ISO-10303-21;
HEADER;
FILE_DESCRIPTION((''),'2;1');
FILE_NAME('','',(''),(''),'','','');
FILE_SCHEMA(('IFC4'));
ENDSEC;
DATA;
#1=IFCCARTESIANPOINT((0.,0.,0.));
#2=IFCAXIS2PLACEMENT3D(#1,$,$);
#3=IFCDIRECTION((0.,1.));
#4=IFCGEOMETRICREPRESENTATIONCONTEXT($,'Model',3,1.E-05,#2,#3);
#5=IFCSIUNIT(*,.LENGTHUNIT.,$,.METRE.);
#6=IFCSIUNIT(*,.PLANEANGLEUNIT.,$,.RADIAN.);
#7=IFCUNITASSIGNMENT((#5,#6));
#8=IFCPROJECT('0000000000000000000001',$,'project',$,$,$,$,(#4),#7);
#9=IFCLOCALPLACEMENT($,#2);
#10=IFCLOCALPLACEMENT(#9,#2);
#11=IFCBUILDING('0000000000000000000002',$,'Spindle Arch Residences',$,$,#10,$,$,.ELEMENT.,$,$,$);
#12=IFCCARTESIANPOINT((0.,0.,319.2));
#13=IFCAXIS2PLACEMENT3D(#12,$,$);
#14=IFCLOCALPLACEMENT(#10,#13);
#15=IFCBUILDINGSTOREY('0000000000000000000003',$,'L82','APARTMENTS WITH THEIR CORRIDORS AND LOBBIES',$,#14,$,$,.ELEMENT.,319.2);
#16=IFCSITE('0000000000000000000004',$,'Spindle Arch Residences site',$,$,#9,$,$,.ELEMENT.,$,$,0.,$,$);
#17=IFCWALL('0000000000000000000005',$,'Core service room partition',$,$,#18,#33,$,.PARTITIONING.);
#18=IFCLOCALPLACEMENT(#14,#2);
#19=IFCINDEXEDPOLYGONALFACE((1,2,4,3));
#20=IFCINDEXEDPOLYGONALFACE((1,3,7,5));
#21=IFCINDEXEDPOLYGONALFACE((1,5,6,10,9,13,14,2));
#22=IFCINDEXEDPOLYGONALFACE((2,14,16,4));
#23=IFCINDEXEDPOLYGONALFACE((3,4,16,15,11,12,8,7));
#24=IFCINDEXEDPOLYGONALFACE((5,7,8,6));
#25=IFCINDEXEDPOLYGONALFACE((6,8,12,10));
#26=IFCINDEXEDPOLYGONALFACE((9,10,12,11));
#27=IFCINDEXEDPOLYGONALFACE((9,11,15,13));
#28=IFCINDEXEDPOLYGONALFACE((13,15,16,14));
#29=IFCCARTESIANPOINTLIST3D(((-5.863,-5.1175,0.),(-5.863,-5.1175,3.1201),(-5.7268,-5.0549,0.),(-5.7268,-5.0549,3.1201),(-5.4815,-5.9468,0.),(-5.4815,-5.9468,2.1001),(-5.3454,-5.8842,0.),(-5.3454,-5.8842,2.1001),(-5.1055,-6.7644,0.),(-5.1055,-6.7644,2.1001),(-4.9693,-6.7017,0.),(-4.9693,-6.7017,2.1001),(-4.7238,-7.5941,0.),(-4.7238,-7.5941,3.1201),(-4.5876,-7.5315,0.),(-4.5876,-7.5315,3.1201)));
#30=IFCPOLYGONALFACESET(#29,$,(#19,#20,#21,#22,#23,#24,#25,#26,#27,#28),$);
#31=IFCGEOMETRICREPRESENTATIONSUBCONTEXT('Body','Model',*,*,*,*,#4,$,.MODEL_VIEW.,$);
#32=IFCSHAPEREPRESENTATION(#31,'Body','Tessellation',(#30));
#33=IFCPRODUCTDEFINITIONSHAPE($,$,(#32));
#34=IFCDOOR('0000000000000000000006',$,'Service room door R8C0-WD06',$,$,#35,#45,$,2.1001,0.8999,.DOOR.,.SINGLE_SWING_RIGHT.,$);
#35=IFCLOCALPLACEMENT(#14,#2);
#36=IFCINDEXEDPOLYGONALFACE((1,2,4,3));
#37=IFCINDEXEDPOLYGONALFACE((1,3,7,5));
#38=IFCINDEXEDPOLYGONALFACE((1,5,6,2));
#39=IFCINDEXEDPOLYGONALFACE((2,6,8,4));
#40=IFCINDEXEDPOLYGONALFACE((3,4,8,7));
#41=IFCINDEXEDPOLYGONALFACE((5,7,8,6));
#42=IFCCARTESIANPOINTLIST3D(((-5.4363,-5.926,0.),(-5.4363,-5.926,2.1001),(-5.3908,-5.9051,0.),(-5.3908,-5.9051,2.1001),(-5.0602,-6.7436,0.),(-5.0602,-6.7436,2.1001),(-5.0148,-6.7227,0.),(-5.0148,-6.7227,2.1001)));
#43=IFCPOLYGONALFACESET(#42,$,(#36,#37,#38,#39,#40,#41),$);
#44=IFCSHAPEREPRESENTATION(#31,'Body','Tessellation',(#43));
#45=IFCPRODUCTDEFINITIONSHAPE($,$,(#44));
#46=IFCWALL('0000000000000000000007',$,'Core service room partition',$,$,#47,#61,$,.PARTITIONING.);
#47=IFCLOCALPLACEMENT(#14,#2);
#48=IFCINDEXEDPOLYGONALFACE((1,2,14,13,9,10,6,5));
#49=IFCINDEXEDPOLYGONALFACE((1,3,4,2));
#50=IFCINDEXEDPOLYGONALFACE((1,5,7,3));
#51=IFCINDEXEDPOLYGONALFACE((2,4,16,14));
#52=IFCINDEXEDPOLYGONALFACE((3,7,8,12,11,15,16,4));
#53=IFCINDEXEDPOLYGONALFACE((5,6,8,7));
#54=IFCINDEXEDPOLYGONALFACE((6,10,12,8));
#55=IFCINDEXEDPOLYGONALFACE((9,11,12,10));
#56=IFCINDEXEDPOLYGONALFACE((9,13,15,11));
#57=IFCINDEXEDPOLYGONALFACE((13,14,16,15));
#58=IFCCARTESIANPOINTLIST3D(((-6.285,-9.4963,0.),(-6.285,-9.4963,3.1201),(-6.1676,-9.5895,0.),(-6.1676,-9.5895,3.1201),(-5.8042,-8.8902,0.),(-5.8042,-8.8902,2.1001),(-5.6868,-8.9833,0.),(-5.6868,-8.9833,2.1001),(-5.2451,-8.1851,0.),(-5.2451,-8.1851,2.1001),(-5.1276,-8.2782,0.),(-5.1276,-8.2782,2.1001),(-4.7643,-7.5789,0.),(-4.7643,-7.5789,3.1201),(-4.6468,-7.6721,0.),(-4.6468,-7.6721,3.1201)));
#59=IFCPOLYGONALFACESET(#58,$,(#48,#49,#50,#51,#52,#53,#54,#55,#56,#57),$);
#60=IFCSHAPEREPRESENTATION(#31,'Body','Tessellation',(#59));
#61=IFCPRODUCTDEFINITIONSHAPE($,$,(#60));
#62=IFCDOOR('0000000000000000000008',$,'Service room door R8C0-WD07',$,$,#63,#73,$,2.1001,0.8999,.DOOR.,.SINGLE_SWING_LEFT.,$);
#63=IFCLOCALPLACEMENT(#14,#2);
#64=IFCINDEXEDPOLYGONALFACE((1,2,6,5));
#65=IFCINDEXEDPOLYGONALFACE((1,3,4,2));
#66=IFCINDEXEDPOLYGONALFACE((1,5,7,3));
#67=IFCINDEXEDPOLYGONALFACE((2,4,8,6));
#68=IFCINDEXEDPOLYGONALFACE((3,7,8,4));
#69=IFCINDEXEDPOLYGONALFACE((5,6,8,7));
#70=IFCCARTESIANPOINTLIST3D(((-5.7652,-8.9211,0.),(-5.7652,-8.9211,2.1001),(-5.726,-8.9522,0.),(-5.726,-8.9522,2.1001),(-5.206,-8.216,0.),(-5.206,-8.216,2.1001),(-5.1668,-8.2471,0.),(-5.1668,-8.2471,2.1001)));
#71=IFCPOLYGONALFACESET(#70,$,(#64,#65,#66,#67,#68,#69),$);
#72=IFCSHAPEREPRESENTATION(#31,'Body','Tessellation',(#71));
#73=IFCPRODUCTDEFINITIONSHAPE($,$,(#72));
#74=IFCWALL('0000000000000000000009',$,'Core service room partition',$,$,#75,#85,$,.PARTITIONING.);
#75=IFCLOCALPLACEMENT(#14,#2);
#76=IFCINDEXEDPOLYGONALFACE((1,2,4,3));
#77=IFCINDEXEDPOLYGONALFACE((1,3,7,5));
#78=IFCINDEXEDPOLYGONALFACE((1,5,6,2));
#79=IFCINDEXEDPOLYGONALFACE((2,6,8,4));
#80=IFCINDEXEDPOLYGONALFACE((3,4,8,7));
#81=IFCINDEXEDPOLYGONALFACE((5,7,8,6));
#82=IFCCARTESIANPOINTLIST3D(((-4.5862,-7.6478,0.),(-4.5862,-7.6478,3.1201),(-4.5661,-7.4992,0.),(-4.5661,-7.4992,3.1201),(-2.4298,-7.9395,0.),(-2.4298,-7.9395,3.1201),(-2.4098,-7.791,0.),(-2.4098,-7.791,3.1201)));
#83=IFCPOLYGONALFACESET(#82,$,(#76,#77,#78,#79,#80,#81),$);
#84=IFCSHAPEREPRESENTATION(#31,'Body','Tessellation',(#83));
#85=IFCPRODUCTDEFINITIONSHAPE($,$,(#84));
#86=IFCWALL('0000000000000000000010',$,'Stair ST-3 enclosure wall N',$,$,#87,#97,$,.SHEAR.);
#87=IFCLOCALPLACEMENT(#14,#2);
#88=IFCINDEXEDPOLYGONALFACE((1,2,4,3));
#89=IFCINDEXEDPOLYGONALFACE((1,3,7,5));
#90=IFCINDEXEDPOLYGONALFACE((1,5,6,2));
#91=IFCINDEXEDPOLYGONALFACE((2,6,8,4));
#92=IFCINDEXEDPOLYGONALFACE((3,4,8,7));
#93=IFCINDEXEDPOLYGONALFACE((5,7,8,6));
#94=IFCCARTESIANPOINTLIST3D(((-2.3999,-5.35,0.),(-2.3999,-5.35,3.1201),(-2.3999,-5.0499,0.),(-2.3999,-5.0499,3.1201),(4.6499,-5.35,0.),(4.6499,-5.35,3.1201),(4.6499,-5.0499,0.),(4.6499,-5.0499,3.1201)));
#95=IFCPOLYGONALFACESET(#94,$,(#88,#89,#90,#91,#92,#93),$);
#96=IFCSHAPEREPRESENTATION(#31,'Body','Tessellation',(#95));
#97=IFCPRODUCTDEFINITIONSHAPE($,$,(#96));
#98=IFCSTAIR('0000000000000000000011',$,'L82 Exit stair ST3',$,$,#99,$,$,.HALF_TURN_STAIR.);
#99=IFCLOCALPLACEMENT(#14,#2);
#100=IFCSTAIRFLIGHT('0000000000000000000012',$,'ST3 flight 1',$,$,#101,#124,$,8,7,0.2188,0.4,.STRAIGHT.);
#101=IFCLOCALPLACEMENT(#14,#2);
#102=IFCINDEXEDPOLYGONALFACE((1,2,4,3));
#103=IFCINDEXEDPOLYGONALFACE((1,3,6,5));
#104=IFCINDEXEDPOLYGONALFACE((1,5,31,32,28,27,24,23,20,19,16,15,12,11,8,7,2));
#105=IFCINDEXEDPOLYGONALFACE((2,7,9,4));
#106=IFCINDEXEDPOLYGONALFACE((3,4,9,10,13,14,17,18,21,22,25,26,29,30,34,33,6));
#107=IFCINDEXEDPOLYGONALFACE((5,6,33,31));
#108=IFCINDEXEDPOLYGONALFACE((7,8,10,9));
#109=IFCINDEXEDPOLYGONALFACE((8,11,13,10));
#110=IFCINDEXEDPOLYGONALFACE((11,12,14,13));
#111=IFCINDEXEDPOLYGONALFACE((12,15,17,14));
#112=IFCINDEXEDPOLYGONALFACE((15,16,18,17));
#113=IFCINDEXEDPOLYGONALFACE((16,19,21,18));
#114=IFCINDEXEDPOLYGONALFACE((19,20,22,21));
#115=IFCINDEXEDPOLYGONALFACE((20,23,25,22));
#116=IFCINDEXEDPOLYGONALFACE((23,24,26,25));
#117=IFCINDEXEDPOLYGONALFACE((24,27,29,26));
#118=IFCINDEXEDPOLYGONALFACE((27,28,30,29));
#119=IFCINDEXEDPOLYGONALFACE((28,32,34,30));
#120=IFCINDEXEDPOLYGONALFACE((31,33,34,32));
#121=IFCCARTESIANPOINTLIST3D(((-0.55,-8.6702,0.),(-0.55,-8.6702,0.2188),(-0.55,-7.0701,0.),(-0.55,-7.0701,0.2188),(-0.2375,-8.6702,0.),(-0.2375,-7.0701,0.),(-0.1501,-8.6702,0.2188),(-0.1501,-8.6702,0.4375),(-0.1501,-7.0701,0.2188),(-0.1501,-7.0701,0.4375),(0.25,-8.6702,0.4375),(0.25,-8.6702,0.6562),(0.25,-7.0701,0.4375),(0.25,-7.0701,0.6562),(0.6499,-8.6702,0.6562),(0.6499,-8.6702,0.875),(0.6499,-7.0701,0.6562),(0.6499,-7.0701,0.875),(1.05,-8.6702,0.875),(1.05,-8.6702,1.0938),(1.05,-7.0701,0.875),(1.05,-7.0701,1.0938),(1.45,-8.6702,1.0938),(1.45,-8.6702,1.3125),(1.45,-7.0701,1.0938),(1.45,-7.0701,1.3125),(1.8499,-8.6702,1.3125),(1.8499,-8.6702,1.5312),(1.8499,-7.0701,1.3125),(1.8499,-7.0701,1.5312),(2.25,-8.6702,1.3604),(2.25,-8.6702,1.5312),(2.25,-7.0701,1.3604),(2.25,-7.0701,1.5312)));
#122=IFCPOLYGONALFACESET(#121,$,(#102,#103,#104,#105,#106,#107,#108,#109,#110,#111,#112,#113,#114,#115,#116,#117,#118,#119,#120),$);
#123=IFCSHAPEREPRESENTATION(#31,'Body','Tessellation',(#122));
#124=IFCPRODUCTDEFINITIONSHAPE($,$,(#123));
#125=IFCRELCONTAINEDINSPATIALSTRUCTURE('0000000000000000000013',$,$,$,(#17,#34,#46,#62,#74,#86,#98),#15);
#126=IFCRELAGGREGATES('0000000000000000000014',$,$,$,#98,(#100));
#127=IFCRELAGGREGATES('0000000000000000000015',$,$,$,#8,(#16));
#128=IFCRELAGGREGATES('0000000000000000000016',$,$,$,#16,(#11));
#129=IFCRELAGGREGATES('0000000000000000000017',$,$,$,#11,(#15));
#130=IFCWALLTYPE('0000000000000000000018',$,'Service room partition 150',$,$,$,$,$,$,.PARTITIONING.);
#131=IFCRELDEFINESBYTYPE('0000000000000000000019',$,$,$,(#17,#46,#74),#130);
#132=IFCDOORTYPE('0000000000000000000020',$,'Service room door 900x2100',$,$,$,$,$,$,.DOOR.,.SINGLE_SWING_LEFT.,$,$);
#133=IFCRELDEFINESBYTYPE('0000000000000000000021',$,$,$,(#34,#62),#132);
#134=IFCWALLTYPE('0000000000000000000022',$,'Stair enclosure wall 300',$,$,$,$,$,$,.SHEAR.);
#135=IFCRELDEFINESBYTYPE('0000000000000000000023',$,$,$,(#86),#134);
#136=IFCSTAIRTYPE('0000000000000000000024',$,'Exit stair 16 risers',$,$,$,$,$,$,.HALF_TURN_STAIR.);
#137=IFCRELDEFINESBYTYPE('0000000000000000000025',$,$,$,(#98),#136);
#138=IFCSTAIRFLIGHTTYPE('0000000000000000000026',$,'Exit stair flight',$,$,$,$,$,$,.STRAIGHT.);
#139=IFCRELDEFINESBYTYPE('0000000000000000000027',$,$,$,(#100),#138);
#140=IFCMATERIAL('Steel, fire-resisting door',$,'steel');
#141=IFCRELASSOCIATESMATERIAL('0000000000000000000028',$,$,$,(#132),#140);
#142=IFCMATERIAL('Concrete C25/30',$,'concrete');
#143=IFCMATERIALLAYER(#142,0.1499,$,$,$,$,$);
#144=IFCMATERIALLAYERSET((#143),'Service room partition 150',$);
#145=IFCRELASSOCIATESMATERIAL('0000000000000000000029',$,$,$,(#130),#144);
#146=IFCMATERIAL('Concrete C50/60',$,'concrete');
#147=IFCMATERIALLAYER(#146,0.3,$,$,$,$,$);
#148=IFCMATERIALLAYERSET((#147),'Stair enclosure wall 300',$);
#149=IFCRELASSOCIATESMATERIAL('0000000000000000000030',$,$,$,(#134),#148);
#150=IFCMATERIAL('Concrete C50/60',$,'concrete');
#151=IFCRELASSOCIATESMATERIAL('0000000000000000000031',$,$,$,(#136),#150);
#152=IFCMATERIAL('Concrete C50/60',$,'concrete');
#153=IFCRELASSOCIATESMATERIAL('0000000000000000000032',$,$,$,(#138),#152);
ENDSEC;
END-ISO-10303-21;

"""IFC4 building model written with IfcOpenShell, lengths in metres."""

from ifc_helpers import new_model, si_unit, direction, frame, frame_2d, origin, place, context, subcontext, project, spatial, polyline, rectangle, outline, extrude, material, layer, layer_set, type_object, element, fill, aggregate, save


model = new_model("IFC4")

# Units and contexts
model_context = context("Model", 3, precision=1e-05, world=origin(), true_north=direction((0.0, 1.0)))
body_context = subcontext(model_context, "Body", "Model", "MODEL_VIEW")
ifc_project = project(units=[si_unit("LENGTHUNIT", "METRE"), si_unit("PLANEANGLEUNIT", "RADIAN")], contexts=[model_context])

# Site, building, storey
site_placement = place(None, origin())
site = spatial("IfcSite", under=ifc_project, at=site_placement, Name="Spindle Arch Residences site", CompositionType="ELEMENT", RefElevation=0.0)
building_placement = place(site_placement, origin())
building = spatial("IfcBuilding", under=site, at=building_placement, Name="Spindle Arch Residences", CompositionType="ELEMENT")
storey_placement = place(building_placement, frame((0.0, 0.0, 319.2)))
storey = spatial("IfcBuildingStorey", under=building, at=storey_placement, Name="L82", Description="APARTMENTS WITH THEIR CORRIDORS AND LOBBIES", CompositionType="ELEMENT", Elevation=319.2)

# Shared definitions
ifc_material_1 = material(Name="Steel, fire-resisting door", Category="steel")
door_type_1 = type_object("IfcDoorType", Name="Service room door 900x2100", OperationType="SINGLE_SWING_LEFT", PredefinedType="DOOR", material=ifc_material_1)

# Walls, openings, doors
ifc_material_2 = material(Name="Concrete C25/30", Category="concrete")
ifc_layer_1 = layer(ifc_material_2, 0.1499)
ifc_layer_set_1 = layer_set([ifc_layer_1], Name="Service room partition 150")
wall_type_1 = type_object("IfcWallType", Name="Service room partition 150", PredefinedType="PARTITIONING", material=ifc_layer_set_1)
wall_1_placement = place(storey_placement, frame((-5.7949, -5.0862, 0.0), z_axis=(0.0, 0.0, 1.0), x_axis=(0.417888, -0.908499, 0.0)))
wall_1 = element("IfcWall", 1, at=wall_1_placement, inside=storey, type_object=wall_type_1, Name="Core service room partition", PredefinedType="PARTITIONING", context=body_context, shape_type="SweptSolid", body=[
    extrude(rectangle(XDim=2.7261, YDim=0.1499, at=frame_2d((1.363, 0.0))), origin(), (0.0, 0.0, 1.0), 3.1201),
])
opening_1_placement = place(wall_1_placement, frame((0.9128, 0.0, 0.0)))
opening_1 = element("IfcOpeningElement", 2, at=opening_1_placement, cuts=wall_1, PredefinedType="OPENING", context=body_context, shape_type="SweptSolid", body=[
    extrude(rectangle(XDim=0.8999, YDim=2.1001, at=frame_2d((0.45, 1.05))), frame((0.0, 0.085, 0.0), z_axis=(0.0, -1.0, 0.0), x_axis=(1.0, 0.0, 0.0)), (0.0, 0.0, 1.0), 0.1699),
])
door_1_placement = place(opening_1_placement, origin())
door_1 = element("IfcDoor", 3, at=door_1_placement, inside=storey, type_object=door_type_1, Name="Service room door R8C0-WD06", OperationType="SINGLE_SWING_RIGHT", OverallHeight=2.1001, OverallWidth=0.8999, PredefinedType="DOOR", context=body_context, shape_type="SweptSolid", body=[
    extrude(rectangle(XDim=0.8999, YDim=2.1001, at=frame_2d((0.45, 1.05))), frame((0.0, 0.0249, 0.0), z_axis=(0.0, -1.0, 0.0), x_axis=(1.0, 0.0, 0.0)), (0.0, 0.0, 1.0), 0.05),
])
fill(opening_1, door_1)
wall_2_placement = place(storey_placement, frame((-4.7056, -7.6255, 0.0), z_axis=(0.0, 0.0, 1.0), x_axis=(-0.621393, -0.783499, 0.0)))
wall_2 = element("IfcWall", 4, at=wall_2_placement, inside=storey, type_object=wall_type_1, Name="Core service room partition", PredefinedType="PARTITIONING", context=body_context, shape_type="SweptSolid", body=[
    extrude(rectangle(XDim=2.4473, YDim=0.1499, at=frame_2d((1.2236, 0.0))), origin(), (0.0, 0.0, 1.0), 3.1201),
])
opening_2_placement = place(wall_2_placement, frame((0.7737, 0.0, 0.0)))
opening_2 = element("IfcOpeningElement", 5, at=opening_2_placement, cuts=wall_2, PredefinedType="OPENING", context=body_context, shape_type="SweptSolid", body=[
    extrude(rectangle(XDim=0.8999, YDim=2.1001, at=frame_2d((0.45, 1.05))), frame((0.0, 0.085, 0.0), z_axis=(0.0, -1.0, 0.0), x_axis=(1.0, 0.0, 0.0)), (0.0, 0.0, 1.0), 0.1699),
])
door_2_placement = place(opening_2_placement, origin())
door_2 = element("IfcDoor", 6, at=door_2_placement, inside=storey, type_object=door_type_1, Name="Service room door R8C0-WD07", OperationType="SINGLE_SWING_LEFT", OverallHeight=2.1001, OverallWidth=0.8999, PredefinedType="DOOR", context=body_context, shape_type="SweptSolid", body=[
    extrude(rectangle(XDim=0.8999, YDim=2.1001, at=frame_2d((0.45, 1.05))), frame((0.0, 0.0249, 0.0), z_axis=(0.0, -1.0, 0.0), x_axis=(1.0, 0.0, 0.0)), (0.0, 0.0, 1.0), 0.05),
])
fill(opening_2, door_2)

# Walls
wall_3_placement = place(storey_placement, frame((-2.4199, -7.8652, 0.0), z_axis=(0.0, 0.0, 1.0), x_axis=(-0.990972, 0.134067, 0.0)))
element("IfcWall", 7, at=wall_3_placement, inside=storey, type_object=wall_type_1, Name="Core service room partition", PredefinedType="PARTITIONING", context=body_context, shape_type="SweptSolid", body=[
    extrude(rectangle(XDim=2.176, YDim=0.1499, at=frame_2d((1.0879, 0.0))), origin(), (0.0, 0.0, 1.0), 3.1201),
])
ifc_material_3 = material(Name="Concrete C50/60", Category="concrete")
ifc_layer_2 = layer(ifc_material_3, 0.3)
ifc_layer_set_2 = layer_set([ifc_layer_2], Name="Stair enclosure wall 300")
wall_type_2 = type_object("IfcWallType", Name="Stair enclosure wall 300", PredefinedType="SHEAR", material=ifc_layer_set_2)
wall_4_placement = place(storey_placement, frame((-2.3999, -5.2, 0.0), z_axis=(0.0, 0.0, 1.0), x_axis=(1.0, 0.0, 0.0)))
element("IfcWall", 8, at=wall_4_placement, inside=storey, type_object=wall_type_2, Name="Stair ST-3 enclosure wall N", PredefinedType="SHEAR", context=body_context, shape_type="SweptSolid", body=[
    extrude(rectangle(XDim=7.0498, YDim=0.3, at=frame_2d((3.5249, 0.0))), origin(), (0.0, 0.0, 1.0), 3.1201),
])

# Stair, stair flight
ifc_material_4 = material(Name="Concrete C50/60", Category="concrete")
stair_type = type_object("IfcStairType", Name="Exit stair 16 risers", PredefinedType="HALF_TURN_STAIR", material=ifc_material_4)
stair_placement = place(storey_placement, origin())
stair = element("IfcStair", 9, at=stair_placement, inside=storey, type_object=stair_type, Name="L82 Exit stair ST3", PredefinedType="HALF_TURN_STAIR")
ifc_material_5 = material(Name="Concrete C50/60", Category="concrete")
stair_flight_type = type_object("IfcStairFlightType", Name="Exit stair flight", PredefinedType="STRAIGHT", material=ifc_material_5)
stair_flight_placement = place(storey_placement, frame((-0.55, -7.8701, 0.0), z_axis=(0.0, 0.0, 1.0), x_axis=(1.0, 0.0, 0.0)))
stair_flight = element("IfcStairFlight", 10, at=stair_flight_placement, type_object=stair_flight_type, Name="ST3 flight 1", NumberOfRisers=8, NumberOfTreads=7, PredefinedType="STRAIGHT", RiserHeight=0.2188, TreadLength=0.4, context=body_context, shape_type="SweptSolid", body=[
    extrude(outline(polyline([(0.0, 0.0), (0.0, 0.2188), (0.3999, 0.2188), (0.3999, 0.4375), (0.8, 0.4375), (0.8, 0.6562), (1.2, 0.6562), (1.2, 0.875), (1.6001, 0.875), (1.6001, 1.0938), (2.0, 1.0938), (2.0, 1.3125), (2.3999, 1.3125), (2.3999, 1.5312), (2.8, 1.5312), (2.8, 1.75), (2.8, 1.3604), (0.3125, 0.0), (0.0, 0.0)])), frame((0.0, 0.8, 0.0), z_axis=(0.0, -1.0, 0.0), x_axis=(1.0, 0.0, 0.0)), (0.0, 0.0, 1.0), 1.6001),
])
aggregate(stair, [stair_flight])

save(model, "model.ifc")
